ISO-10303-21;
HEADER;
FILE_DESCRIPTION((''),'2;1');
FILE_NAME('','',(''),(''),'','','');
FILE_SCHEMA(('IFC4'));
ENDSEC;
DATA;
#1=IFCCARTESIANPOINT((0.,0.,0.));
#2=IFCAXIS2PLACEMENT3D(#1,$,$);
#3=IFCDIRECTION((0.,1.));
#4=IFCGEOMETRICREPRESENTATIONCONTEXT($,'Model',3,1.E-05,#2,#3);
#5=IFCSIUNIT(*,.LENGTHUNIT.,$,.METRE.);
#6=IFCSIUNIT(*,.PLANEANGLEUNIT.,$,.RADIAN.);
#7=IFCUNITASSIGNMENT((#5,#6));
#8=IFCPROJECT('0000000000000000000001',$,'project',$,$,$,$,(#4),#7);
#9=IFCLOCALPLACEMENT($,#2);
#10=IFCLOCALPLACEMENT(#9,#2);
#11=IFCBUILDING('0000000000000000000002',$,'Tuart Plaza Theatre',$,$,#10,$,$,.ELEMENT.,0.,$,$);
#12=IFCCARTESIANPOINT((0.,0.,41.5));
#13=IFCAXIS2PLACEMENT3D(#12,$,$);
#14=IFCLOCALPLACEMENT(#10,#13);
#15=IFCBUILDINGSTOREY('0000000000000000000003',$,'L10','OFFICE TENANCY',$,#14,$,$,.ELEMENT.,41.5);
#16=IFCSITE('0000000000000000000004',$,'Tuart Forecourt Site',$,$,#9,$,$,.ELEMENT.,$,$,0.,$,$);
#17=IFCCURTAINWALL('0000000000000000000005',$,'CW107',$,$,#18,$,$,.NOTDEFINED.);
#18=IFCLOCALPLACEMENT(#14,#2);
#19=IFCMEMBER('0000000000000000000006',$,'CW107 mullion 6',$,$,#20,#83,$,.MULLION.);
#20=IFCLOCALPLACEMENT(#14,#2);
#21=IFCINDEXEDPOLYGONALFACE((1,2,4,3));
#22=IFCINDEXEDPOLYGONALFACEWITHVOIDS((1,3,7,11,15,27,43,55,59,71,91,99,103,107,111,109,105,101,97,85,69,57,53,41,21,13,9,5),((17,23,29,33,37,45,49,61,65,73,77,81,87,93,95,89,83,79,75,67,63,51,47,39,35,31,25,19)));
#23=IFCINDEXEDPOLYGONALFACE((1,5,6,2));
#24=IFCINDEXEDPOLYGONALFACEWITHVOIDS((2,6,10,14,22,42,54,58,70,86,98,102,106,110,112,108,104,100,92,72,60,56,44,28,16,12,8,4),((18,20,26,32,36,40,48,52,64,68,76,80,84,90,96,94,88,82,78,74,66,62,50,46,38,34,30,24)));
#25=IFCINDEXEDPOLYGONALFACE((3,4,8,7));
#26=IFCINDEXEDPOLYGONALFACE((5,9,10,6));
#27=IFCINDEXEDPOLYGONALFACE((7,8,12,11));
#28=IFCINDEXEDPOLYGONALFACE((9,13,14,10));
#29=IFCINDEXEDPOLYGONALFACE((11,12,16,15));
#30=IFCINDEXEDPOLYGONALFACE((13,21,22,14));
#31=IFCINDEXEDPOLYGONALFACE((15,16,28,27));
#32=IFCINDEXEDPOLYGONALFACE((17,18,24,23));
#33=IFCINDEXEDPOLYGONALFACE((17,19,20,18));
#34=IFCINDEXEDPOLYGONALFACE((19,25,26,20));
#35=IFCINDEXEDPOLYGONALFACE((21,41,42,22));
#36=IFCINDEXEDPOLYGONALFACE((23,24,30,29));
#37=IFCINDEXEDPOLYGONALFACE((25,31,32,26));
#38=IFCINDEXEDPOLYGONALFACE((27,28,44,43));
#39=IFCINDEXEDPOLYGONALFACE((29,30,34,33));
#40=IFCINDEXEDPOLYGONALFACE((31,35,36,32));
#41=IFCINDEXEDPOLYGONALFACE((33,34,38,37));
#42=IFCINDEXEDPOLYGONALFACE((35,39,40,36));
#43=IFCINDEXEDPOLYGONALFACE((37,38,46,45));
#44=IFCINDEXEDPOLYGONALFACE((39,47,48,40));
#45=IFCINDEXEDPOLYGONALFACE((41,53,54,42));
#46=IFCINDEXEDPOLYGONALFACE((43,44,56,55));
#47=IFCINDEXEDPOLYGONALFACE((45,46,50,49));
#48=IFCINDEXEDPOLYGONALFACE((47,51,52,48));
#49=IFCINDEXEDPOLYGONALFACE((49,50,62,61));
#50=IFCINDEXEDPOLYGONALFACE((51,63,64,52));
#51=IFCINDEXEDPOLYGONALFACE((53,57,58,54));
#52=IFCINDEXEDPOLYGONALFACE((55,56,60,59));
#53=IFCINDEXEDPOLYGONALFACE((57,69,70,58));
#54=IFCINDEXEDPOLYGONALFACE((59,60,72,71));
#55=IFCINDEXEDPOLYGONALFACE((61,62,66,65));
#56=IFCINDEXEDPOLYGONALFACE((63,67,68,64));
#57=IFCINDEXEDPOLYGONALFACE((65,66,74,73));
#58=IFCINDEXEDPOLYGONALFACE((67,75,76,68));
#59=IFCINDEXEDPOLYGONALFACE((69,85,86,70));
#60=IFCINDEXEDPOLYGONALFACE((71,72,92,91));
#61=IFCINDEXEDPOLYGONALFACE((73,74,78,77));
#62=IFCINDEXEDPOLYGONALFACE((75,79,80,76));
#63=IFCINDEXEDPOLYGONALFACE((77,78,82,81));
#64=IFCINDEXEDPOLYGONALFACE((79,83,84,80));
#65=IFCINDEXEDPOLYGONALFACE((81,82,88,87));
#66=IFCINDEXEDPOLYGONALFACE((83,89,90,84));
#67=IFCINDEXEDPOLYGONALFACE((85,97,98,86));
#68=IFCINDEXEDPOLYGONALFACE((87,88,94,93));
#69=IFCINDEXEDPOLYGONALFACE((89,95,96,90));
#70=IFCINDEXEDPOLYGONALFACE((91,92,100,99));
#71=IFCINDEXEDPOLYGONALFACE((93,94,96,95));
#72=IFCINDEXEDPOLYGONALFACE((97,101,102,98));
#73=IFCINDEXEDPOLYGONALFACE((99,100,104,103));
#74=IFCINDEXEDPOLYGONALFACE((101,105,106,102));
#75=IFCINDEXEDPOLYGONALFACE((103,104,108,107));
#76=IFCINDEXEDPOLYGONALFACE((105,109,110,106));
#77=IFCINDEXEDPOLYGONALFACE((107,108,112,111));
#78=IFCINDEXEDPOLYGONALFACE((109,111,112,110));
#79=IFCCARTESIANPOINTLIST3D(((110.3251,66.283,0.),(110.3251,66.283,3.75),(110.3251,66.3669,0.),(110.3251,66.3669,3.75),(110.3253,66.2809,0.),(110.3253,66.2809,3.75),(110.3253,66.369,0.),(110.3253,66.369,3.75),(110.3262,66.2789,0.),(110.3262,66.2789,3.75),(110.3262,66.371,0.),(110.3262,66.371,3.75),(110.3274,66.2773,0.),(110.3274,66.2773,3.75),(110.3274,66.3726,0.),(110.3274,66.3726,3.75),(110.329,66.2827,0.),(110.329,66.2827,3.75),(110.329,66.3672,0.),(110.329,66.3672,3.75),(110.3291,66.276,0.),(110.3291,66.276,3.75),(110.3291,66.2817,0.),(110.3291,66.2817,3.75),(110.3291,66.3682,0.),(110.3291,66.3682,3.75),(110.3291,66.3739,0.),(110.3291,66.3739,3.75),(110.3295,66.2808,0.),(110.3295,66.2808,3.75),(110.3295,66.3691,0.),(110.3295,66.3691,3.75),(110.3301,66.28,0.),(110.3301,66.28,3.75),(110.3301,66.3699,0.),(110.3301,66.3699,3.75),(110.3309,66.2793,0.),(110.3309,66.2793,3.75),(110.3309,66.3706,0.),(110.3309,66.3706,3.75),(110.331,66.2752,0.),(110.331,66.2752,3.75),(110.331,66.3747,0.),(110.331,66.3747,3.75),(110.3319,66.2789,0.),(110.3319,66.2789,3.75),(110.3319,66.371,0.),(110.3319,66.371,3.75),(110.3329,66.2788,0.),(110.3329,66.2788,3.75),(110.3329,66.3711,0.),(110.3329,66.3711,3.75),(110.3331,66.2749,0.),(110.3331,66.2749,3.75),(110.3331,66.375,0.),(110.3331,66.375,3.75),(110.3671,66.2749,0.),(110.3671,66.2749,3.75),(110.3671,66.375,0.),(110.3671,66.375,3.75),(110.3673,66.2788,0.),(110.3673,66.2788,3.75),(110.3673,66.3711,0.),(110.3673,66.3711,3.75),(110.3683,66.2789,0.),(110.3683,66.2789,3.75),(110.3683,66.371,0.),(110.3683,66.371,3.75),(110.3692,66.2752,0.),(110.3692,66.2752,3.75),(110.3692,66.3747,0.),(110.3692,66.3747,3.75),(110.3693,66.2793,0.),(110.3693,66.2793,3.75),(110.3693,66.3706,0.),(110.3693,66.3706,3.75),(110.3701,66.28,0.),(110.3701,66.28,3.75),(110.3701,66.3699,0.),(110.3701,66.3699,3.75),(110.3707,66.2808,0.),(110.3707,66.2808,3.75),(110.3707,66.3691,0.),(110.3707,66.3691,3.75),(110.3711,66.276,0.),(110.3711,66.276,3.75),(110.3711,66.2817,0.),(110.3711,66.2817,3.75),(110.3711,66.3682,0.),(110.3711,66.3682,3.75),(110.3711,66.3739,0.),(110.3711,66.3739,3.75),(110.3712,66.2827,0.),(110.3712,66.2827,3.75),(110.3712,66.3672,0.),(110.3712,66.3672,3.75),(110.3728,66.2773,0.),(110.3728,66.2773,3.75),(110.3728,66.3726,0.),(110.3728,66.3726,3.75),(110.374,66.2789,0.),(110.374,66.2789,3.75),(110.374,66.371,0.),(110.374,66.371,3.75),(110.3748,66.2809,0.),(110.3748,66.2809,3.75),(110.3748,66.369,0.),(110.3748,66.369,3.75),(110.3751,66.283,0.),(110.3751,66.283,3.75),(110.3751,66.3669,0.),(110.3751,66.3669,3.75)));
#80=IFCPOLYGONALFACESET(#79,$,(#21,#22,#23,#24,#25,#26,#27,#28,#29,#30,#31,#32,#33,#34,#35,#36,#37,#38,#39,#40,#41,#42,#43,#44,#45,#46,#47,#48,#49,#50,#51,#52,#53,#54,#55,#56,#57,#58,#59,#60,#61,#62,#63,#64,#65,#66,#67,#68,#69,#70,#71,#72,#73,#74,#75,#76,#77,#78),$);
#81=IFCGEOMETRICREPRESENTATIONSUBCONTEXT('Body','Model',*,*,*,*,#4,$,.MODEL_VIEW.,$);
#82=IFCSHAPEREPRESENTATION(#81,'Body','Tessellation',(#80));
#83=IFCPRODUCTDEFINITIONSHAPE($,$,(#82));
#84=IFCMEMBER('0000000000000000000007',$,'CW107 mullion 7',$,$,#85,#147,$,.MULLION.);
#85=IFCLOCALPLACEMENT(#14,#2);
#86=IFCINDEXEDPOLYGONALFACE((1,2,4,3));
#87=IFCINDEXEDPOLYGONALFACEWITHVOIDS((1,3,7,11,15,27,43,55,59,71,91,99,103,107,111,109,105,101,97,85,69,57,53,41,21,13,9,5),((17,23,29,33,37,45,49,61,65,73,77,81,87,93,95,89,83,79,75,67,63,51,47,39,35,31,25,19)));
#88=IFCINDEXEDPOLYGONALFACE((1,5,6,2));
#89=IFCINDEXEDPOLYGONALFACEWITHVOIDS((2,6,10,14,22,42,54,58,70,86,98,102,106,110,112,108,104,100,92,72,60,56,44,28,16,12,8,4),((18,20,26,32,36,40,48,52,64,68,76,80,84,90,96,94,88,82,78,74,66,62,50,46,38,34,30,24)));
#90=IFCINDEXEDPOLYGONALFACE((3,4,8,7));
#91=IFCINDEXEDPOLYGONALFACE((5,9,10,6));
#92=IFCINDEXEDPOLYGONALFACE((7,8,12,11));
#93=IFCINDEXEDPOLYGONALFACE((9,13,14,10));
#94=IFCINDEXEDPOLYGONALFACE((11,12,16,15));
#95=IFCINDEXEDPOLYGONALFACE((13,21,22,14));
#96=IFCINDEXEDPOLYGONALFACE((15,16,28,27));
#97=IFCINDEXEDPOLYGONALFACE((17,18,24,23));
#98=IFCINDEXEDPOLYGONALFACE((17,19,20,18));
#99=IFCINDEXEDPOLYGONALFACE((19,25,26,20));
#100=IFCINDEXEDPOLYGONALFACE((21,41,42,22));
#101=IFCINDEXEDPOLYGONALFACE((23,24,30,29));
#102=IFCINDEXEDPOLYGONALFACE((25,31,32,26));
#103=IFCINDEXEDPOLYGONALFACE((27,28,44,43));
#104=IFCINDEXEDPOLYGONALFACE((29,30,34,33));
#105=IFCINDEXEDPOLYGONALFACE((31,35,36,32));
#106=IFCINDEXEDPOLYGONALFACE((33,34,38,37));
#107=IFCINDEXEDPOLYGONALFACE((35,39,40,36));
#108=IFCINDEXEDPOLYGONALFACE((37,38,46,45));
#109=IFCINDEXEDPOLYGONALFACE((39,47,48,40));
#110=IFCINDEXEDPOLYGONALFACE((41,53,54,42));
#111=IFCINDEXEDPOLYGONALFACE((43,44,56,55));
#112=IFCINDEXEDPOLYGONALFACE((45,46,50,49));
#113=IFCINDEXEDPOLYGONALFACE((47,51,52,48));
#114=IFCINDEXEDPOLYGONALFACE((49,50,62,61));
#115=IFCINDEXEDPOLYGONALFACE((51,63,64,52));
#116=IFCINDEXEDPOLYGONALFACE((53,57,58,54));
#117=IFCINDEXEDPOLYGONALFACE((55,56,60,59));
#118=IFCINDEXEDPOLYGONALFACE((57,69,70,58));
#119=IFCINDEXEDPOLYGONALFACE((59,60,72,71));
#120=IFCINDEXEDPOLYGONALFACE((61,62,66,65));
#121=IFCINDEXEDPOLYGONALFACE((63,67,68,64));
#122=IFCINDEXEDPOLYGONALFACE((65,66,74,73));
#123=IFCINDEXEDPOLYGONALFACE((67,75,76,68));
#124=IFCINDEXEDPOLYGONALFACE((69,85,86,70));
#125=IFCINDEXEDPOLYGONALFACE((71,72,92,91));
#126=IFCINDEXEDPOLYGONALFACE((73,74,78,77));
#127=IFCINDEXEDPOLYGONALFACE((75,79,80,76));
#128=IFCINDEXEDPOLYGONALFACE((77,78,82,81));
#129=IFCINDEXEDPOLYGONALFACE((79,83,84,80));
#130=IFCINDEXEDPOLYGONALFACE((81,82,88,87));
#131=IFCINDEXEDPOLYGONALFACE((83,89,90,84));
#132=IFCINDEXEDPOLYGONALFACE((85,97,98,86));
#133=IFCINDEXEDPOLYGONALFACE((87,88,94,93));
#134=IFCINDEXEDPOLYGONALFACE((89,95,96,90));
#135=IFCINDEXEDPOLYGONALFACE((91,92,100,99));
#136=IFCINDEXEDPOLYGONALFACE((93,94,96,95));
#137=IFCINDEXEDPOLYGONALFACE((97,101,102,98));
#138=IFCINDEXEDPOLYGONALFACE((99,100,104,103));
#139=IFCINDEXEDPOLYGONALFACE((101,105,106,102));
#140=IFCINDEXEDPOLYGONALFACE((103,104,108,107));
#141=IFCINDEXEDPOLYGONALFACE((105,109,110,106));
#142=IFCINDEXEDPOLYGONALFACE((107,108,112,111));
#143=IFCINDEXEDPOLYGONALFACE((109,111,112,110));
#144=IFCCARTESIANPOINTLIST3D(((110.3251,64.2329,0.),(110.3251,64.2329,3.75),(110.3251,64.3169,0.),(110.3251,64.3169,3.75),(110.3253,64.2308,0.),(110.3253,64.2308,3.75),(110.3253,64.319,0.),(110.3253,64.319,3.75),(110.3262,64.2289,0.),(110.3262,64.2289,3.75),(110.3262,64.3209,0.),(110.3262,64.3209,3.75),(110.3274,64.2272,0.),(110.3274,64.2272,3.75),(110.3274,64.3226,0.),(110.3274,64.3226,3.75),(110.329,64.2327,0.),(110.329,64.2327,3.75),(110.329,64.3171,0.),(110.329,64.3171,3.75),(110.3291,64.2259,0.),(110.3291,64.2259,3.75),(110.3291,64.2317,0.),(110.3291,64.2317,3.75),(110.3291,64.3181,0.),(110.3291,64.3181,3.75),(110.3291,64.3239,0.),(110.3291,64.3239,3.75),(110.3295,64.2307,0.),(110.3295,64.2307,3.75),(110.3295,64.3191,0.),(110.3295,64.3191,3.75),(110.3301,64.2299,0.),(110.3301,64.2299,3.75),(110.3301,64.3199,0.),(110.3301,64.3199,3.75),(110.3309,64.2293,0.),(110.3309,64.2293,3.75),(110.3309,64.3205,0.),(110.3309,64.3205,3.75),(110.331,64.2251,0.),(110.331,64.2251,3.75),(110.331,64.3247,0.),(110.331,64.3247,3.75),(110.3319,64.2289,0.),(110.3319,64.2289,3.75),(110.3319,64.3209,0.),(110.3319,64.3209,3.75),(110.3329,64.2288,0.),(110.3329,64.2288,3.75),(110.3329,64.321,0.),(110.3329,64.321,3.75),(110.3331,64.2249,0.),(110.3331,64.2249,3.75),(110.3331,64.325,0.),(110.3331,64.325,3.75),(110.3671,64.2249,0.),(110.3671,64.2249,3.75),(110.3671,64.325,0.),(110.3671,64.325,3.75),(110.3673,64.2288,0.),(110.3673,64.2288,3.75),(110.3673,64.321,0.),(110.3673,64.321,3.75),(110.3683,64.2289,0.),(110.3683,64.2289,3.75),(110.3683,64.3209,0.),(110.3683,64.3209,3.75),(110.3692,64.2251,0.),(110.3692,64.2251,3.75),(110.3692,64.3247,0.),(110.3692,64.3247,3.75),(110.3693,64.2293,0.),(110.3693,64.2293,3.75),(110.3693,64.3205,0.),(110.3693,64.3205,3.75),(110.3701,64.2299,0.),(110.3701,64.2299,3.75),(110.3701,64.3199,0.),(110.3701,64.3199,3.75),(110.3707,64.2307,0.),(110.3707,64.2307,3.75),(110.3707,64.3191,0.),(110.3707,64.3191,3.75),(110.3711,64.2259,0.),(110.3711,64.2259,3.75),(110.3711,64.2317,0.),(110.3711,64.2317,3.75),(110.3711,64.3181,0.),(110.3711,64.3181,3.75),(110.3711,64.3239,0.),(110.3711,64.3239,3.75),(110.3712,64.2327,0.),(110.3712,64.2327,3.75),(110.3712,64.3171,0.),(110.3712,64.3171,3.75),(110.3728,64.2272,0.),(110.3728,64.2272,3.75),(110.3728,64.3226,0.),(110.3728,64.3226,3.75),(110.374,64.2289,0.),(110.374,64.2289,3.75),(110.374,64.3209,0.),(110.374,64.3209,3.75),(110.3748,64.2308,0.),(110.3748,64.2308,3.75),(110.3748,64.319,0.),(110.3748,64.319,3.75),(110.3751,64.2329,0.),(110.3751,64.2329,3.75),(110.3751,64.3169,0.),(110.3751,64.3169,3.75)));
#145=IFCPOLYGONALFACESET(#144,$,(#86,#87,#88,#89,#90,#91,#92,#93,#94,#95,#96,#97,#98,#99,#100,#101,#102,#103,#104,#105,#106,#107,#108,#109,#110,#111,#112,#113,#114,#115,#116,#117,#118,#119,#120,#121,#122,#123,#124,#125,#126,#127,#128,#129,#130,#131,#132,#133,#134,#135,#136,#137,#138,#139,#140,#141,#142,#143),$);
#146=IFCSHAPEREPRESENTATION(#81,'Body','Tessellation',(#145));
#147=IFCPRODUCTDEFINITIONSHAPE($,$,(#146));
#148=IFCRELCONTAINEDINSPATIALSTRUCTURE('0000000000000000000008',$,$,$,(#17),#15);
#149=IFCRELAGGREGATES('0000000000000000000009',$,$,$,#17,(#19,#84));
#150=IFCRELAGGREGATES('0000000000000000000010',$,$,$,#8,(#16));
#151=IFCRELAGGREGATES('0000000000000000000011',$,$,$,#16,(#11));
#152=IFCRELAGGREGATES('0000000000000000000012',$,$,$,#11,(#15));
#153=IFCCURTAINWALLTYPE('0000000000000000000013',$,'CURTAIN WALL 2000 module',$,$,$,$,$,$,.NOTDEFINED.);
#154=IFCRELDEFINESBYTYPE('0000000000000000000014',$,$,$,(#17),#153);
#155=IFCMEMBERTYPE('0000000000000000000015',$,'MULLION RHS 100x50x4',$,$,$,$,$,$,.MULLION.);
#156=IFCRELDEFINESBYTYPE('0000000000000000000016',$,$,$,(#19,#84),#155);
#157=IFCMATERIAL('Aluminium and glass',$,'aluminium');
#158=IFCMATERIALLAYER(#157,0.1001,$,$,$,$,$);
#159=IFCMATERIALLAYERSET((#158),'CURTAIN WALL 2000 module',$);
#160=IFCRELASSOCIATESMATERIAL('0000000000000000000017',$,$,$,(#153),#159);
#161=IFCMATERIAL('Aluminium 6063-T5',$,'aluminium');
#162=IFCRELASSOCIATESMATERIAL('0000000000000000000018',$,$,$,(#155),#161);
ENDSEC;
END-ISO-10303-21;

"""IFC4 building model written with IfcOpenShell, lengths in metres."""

from ifc_helpers import new_model, si_unit, direction, frame, origin, origin_2d, place, context, subcontext, project, spatial, hollow_rectangle, extrude, material, layer, layer_set, material_profile, profile_set, type_object, element, aggregate, save


model = new_model("IFC4")

# Units and contexts
model_context = context("Model", 3, precision=1e-05, world=origin(), true_north=direction((0.0, 1.0)))
body_context = subcontext(model_context, "Body", "Model", "MODEL_VIEW")
ifc_project = project(units=[si_unit("LENGTHUNIT", "METRE"), si_unit("PLANEANGLEUNIT", "RADIAN")], contexts=[model_context])

# Site, building, storey
site_placement = place(None, origin())
site = spatial("IfcSite", under=ifc_project, at=site_placement, Name="Tuart Forecourt Site", CompositionType="ELEMENT", RefElevation=0.0)
building_placement = place(site_placement, origin())
building = spatial("IfcBuilding", under=site, at=building_placement, Name="Tuart Plaza Theatre", CompositionType="ELEMENT", ElevationOfRefHeight=0.0)
storey_placement = place(building_placement, frame((0.0, 0.0, 41.5)))
storey = spatial("IfcBuildingStorey", under=building, at=storey_placement, Name="L10", Description="OFFICE TENANCY", CompositionType="ELEMENT", Elevation=41.5)

# Curtain wall, members
ifc_material_1 = material(Name="Aluminium and glass", Category="aluminium")
ifc_layer_1 = layer(ifc_material_1, 0.1001)
ifc_layer_set_1 = layer_set([ifc_layer_1], Name="CURTAIN WALL 2000 module")
curtain_wall_type = type_object("IfcCurtainWallType", Name="CURTAIN WALL 2000 module", PredefinedType="NOTDEFINED", material=ifc_layer_set_1)
curtain_wall_1_placement = place(storey_placement, origin())
curtain_wall_1 = element("IfcCurtainWall", 1, at=curtain_wall_1_placement, inside=storey, type_object=curtain_wall_type, Name="CW107", PredefinedType="NOTDEFINED")
ifc_material_2 = material(Name="Aluminium 6063-T5", Category="aluminium")
ifc_material_profile_1 = material_profile(ifc_material_2, hollow_rectangle(XDim=0.05, YDim=0.1001, WallThickness=0.0039, InnerFilletRadius=0.0039, OuterFilletRadius=0.0081, at=origin_2d()), Name="RHS 100x50x4")
ifc_profile_set_1 = profile_set([ifc_material_profile_1], Name="Aluminium 6063-T5")
member_type_1 = type_object("IfcMemberType", Name="MULLION RHS 100x50x4", PredefinedType="MULLION", material=ifc_profile_set_1)
member_1_placement = place(storey_placement, frame((110.3501, 66.325, 0.0), z_axis=(0.0, 0.0, 1.0), x_axis=(1.0, 0.0, 0.0)))
member_1 = element("IfcMember", 2, at=member_1_placement, type_object=member_type_1, Name="CW107 mullion 6", PredefinedType="MULLION", context=body_context, shape_type="SweptSolid", body=[
    extrude(hollow_rectangle(XDim=0.05, YDim=0.1001, WallThickness=0.0039, InnerFilletRadius=0.0039, OuterFilletRadius=0.0081, at=origin_2d()), origin(), (0.0, 0.0, 1.0), 3.75),
])
member_2_placement = place(storey_placement, frame((110.3501, 64.2749, 0.0), z_axis=(0.0, 0.0, 1.0), x_axis=(1.0, 0.0, 0.0)))
member_2 = element("IfcMember", 3, at=member_2_placement, type_object=member_type_1, Name="CW107 mullion 7", PredefinedType="MULLION", context=body_context, shape_type="SweptSolid", body=[
    extrude(hollow_rectangle(XDim=0.05, YDim=0.1001, WallThickness=0.0039, InnerFilletRadius=0.0039, OuterFilletRadius=0.0081, at=origin_2d()), origin(), (0.0, 0.0, 1.0), 3.75),
])

aggregate(curtain_wall_1, [member_1, member_2])

save(model, "model.ifc")
